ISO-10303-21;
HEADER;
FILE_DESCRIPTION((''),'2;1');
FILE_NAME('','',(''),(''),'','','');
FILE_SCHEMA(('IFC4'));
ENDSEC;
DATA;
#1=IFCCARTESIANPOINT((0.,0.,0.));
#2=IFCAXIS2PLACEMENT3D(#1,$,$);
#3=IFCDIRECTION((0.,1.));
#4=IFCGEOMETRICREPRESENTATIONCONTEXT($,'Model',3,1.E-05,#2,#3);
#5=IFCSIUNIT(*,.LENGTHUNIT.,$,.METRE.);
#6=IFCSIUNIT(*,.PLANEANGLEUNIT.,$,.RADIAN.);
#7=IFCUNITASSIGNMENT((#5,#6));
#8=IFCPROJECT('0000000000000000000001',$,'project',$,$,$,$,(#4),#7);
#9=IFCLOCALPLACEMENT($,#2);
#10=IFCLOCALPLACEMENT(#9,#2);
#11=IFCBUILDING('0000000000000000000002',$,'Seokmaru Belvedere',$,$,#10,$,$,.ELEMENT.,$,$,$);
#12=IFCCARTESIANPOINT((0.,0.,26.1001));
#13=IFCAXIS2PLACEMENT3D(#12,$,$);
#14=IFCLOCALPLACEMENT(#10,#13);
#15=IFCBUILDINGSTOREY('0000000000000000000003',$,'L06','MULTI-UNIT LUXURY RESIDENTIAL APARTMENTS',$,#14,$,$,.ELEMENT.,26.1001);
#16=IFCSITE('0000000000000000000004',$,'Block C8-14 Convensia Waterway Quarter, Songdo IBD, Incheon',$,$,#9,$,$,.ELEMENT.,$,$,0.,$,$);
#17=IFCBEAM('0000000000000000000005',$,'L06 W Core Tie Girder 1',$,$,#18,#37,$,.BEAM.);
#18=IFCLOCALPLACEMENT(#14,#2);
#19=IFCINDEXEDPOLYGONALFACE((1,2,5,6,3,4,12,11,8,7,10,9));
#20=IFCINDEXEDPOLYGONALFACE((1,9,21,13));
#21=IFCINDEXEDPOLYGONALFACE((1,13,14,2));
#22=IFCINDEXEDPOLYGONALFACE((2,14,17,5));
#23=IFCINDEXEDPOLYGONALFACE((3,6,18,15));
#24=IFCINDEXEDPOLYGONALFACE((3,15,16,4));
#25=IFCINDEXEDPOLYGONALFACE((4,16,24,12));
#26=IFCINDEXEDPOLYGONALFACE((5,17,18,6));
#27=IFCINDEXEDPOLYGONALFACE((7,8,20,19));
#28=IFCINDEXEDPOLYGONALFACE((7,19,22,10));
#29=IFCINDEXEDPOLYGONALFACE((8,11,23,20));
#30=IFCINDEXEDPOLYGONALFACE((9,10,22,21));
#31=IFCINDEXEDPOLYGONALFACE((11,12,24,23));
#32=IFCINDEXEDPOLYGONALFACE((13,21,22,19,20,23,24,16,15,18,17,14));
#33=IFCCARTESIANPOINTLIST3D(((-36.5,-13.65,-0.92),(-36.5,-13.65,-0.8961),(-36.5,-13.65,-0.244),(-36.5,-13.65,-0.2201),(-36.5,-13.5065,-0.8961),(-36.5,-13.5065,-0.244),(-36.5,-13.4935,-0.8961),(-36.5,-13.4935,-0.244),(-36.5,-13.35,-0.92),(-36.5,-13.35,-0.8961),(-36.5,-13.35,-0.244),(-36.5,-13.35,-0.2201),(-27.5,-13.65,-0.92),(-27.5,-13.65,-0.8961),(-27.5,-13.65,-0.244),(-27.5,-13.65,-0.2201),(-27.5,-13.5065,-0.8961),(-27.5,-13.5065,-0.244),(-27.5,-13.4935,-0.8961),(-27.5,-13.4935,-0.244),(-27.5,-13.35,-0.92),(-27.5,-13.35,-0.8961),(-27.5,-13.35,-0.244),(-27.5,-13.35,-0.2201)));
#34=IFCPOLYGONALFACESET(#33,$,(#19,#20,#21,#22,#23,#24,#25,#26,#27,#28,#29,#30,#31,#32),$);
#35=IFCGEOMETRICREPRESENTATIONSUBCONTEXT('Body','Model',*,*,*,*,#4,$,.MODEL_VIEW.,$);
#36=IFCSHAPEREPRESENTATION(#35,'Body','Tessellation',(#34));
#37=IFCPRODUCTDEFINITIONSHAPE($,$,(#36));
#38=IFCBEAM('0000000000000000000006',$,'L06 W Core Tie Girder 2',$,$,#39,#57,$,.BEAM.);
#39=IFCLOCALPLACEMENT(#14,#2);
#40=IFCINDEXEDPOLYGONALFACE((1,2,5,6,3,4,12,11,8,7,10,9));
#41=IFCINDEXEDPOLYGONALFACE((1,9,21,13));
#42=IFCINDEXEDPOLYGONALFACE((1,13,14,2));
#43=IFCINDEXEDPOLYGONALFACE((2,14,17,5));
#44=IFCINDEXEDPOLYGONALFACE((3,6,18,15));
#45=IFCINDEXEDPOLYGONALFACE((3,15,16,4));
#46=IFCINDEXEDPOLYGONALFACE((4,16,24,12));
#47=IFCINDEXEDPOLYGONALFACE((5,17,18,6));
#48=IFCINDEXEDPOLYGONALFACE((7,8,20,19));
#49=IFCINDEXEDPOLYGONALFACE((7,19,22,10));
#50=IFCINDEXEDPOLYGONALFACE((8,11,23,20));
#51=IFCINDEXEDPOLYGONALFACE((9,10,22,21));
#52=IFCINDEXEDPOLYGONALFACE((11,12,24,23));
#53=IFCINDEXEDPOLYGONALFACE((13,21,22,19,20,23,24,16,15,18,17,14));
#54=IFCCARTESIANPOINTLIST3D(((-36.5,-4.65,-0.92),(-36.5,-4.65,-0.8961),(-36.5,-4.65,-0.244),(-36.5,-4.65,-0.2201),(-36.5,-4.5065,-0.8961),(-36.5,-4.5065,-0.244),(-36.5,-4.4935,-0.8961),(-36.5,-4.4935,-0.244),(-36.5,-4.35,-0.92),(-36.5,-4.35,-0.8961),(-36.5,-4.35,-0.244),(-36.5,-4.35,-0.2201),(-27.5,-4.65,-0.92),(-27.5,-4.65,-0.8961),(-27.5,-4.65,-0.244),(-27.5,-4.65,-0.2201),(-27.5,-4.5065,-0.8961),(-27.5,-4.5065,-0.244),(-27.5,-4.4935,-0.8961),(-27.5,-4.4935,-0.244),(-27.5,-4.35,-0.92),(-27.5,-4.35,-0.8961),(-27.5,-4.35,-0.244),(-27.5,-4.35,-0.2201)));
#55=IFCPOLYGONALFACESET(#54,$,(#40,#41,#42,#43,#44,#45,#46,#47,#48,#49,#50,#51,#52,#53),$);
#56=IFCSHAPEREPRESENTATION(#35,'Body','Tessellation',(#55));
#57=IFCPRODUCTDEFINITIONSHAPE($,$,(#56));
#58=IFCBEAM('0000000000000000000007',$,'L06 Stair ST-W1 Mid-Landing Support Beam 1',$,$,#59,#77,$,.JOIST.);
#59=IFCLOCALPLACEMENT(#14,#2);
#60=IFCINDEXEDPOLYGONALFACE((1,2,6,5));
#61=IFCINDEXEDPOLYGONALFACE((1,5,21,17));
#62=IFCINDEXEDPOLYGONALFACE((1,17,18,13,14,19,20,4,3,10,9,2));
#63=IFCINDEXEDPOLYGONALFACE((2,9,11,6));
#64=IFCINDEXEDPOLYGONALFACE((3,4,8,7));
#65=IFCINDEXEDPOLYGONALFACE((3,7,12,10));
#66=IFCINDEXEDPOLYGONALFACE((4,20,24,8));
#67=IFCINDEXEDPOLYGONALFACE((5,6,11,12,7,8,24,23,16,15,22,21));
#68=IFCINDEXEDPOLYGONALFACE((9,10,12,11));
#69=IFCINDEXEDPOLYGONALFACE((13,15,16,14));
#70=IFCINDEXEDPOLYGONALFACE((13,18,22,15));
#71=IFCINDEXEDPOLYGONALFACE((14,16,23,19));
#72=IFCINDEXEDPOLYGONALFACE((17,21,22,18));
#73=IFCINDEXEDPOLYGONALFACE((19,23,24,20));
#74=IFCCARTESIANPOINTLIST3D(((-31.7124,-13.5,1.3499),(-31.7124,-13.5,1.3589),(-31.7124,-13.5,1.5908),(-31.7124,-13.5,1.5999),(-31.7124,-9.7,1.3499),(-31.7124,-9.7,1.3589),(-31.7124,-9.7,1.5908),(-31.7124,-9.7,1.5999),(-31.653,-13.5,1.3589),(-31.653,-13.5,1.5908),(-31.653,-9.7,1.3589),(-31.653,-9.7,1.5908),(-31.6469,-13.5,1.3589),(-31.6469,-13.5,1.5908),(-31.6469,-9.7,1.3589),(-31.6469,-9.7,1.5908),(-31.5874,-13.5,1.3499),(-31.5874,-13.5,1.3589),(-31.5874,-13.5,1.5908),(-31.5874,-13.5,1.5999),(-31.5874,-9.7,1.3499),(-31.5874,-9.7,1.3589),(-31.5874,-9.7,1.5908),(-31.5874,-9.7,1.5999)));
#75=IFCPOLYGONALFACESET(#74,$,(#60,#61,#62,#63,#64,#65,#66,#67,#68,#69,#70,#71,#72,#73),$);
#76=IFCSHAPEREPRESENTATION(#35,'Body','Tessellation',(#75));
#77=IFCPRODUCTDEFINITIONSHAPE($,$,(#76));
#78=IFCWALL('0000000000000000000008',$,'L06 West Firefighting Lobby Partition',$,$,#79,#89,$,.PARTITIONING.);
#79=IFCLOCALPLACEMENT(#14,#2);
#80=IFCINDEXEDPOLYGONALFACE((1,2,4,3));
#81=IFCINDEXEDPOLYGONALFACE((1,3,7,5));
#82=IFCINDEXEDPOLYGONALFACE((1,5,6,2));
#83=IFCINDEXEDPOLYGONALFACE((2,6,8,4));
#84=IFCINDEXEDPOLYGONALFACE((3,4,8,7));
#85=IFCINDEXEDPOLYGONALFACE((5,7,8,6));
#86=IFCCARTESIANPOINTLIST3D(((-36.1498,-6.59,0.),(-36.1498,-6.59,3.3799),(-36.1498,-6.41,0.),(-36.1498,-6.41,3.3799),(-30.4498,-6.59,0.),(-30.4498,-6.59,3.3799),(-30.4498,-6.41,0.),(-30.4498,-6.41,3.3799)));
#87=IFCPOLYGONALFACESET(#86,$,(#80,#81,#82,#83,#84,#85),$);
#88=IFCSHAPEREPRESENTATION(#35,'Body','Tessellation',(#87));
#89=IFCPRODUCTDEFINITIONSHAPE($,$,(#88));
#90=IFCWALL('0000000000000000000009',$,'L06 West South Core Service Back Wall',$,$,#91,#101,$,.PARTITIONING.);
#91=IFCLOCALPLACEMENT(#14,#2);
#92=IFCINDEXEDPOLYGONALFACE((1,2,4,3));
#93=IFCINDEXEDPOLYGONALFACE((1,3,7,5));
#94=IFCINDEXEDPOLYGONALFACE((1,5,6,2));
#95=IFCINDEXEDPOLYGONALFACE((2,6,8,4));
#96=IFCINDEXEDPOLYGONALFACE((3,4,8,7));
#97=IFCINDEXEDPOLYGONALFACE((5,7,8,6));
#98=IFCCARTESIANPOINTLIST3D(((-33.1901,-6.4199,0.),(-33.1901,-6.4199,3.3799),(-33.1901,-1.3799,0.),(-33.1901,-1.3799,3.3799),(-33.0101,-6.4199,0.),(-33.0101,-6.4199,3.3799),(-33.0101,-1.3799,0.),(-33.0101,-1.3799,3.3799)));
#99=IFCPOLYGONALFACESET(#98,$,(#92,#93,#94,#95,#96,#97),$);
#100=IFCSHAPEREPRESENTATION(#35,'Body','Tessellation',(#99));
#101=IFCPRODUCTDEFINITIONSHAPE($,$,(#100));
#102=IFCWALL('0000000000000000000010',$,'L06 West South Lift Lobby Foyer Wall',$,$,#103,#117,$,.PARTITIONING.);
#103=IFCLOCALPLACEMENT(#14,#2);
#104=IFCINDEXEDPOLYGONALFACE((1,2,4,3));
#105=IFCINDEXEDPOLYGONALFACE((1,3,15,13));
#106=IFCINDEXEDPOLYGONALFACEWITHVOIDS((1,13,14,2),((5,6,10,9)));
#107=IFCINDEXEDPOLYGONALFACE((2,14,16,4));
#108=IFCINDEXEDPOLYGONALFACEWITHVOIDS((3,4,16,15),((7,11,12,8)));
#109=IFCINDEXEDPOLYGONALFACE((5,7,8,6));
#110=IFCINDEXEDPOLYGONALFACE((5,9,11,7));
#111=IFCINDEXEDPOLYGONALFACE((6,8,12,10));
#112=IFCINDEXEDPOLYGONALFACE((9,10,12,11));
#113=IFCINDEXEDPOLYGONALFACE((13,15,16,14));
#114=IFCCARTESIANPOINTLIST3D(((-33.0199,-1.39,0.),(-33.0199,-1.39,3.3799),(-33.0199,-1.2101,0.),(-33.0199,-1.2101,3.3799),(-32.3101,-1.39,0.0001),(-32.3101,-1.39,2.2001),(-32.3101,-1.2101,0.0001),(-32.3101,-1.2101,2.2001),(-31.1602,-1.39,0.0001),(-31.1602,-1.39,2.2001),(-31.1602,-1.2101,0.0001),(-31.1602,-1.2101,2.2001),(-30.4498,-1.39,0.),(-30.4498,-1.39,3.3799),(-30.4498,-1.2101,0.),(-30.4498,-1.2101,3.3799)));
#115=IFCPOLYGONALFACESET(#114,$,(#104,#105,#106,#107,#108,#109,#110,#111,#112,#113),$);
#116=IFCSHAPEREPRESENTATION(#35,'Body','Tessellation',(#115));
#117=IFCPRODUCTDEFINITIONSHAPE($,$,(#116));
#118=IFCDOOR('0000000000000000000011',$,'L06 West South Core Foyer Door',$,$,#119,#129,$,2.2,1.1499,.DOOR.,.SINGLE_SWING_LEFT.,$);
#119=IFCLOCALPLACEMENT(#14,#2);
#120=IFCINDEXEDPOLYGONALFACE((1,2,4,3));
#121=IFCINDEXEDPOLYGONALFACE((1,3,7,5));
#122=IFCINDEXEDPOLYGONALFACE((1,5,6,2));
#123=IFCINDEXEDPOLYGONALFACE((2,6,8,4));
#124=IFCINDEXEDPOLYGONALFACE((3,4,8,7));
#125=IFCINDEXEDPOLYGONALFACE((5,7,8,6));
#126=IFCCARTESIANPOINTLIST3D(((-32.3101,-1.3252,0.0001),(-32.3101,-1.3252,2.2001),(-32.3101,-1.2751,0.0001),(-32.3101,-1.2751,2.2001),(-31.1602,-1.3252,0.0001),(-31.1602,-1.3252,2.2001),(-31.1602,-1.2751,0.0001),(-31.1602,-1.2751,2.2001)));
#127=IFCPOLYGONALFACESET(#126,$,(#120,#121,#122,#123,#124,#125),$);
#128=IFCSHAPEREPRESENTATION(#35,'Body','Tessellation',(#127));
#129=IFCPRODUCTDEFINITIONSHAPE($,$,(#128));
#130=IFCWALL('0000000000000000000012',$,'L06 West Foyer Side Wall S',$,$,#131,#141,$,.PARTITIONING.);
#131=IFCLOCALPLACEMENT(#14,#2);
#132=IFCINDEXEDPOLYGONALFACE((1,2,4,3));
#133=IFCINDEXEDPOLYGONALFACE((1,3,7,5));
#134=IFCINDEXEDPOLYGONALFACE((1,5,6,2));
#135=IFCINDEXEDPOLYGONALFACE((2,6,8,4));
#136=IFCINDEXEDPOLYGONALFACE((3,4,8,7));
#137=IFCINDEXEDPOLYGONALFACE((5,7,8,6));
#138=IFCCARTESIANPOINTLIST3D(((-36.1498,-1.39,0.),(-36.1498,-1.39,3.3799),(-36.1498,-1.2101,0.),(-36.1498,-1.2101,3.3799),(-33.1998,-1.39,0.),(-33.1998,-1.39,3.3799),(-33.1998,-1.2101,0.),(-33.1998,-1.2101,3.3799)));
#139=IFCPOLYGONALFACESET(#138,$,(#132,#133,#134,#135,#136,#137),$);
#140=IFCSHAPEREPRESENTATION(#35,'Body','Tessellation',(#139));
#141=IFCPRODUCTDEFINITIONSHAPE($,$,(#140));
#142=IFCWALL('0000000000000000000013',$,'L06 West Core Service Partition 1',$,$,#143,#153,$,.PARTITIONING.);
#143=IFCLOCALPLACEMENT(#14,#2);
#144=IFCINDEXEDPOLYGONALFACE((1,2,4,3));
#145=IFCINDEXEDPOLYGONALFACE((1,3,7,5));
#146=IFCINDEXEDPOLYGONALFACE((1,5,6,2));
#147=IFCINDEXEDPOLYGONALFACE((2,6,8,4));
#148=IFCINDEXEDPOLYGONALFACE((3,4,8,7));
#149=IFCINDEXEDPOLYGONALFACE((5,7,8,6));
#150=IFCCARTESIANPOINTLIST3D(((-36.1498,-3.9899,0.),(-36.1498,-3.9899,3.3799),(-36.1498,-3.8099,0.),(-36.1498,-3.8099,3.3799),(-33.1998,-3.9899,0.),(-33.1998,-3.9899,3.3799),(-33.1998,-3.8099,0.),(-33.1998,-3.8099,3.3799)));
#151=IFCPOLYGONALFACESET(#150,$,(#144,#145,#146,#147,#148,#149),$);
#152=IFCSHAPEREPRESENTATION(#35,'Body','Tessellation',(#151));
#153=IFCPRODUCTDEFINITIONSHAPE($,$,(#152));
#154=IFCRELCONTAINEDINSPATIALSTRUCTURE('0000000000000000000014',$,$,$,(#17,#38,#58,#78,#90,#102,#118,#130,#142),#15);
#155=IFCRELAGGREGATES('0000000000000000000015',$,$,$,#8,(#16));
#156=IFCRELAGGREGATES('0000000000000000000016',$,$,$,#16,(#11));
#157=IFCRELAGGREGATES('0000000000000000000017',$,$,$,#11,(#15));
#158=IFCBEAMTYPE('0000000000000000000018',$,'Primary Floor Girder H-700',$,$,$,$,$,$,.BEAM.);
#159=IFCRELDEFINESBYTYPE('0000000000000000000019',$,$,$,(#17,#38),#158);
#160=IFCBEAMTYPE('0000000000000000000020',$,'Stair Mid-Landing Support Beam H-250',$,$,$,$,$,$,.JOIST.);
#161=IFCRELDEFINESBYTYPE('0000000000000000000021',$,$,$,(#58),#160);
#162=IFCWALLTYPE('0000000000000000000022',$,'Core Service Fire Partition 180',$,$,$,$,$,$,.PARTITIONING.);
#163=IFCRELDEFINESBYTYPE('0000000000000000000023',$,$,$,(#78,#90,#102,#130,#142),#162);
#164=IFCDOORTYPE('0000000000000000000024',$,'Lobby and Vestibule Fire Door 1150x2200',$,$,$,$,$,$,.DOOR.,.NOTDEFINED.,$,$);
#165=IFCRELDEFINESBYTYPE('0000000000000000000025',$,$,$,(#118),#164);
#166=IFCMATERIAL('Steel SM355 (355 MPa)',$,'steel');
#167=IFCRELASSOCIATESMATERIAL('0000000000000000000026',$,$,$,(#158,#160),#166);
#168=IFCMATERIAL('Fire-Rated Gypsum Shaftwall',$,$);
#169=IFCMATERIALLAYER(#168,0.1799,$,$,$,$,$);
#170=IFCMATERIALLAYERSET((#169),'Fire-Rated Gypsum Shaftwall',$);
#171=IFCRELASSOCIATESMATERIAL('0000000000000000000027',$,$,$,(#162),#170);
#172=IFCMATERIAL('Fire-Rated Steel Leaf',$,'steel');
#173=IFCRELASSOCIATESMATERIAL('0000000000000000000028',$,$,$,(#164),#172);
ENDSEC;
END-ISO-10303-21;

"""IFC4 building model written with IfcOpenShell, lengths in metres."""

from ifc_helpers import new_model, si_unit, direction, frame, frame_2d, origin, origin_2d, place, context, subcontext, project, spatial, rectangle, i_section, extrude, source, transform, mapped, material, layer, layer_set, material_profile, profile_set, type_object, type_shapes, element, fill, save


model = new_model("IFC4")

# Units and contexts
model_context = context("Model", 3, precision=1e-05, world=origin(), true_north=direction((0.0, 1.0)))
body_context = subcontext(model_context, "Body", "Model", "MODEL_VIEW")
ifc_project = project(units=[si_unit("LENGTHUNIT", "METRE"), si_unit("PLANEANGLEUNIT", "RADIAN")], contexts=[model_context])

# Site, building, storey
site_placement = place(None, origin())
site = spatial("IfcSite", under=ifc_project, at=site_placement, Name="Block C8-14 Convensia Waterway Quarter, Songdo IBD, Incheon", CompositionType="ELEMENT", RefElevation=0.0)
building_placement = place(site_placement, origin())
building = spatial("IfcBuilding", under=site, at=building_placement, Name="Seokmaru Belvedere", CompositionType="ELEMENT")
storey_placement = place(building_placement, frame((0.0, 0.0, 26.1001)))
storey = spatial("IfcBuildingStorey", under=building, at=storey_placement, Name="L06", Description="MULTI-UNIT LUXURY RESIDENTIAL APARTMENTS", CompositionType="ELEMENT", Elevation=26.1001)

# Beams
ifc_material_1 = material(Name="Steel SM355 (355 MPa)", Category="steel")
ifc_material_profile_1 = material_profile(ifc_material_1, i_section(OverallWidth=0.3, OverallDepth=0.7, WebThickness=0.0129, FlangeThickness=0.0239, at=origin_2d()), Name="H-700x300x13x24")
ifc_profile_set_1 = profile_set([ifc_material_profile_1], Name="Steel SM355 (355 MPa)")
beam_type_1 = type_object("IfcBeamType", Name="Primary Floor Girder H-700", PredefinedType="BEAM", material=ifc_profile_set_1)
shared_shape_1 = source(origin(), body_context, "Body", "SweptSolid", [
    extrude(i_section(OverallWidth=0.3, OverallDepth=0.7, WebThickness=0.0129, FlangeThickness=0.0239, at=origin_2d()), origin(), (0.0, 0.0, 1.0), 9.0),
])
type_shapes(beam_type_1, [shared_shape_1])
for number, where, z_axis, x_axis, name in (
    (1, (-36.5, -13.5, -0.5701), (1.0, 0.0, 0.0), (0.0, 1.0, 0.0), "L06 W Core Tie Girder 1"),
    (2, (-36.5, -4.5, -0.5701), (1.0, 0.0, 0.0), (0.0, 1.0, 0.0), "L06 W Core Tie Girder 2"),
):
    element("IfcBeam", number, at=place(storey_placement, frame(where, z_axis=z_axis, x_axis=x_axis)), inside=storey, type_object=beam_type_1, Name=name, PredefinedType="BEAM", context=body_context, shape_type="MappedRepresentation", body=[
        mapped(shared_shape_1, transform((0.0, 0.0, 0.0), scale=1.0)),
    ])
ifc_material_profile_2 = material_profile(ifc_material_1, i_section(OverallWidth=0.125, OverallDepth=0.25, WebThickness=0.0061, FlangeThickness=0.009, at=origin_2d()), Name="H-250x125x6x9")
ifc_profile_set_2 = profile_set([ifc_material_profile_2], Name="Steel SM355 (355 MPa)")
beam_type_2 = type_object("IfcBeamType", Name="Stair Mid-Landing Support Beam H-250", PredefinedType="JOIST", material=ifc_profile_set_2)
shared_shape_2 = source(origin(), body_context, "Body", "SweptSolid", [
    extrude(i_section(OverallWidth=0.125, OverallDepth=0.25, WebThickness=0.0061, FlangeThickness=0.009, at=origin_2d()), origin(), (0.0, 0.0, 1.0), 3.8),
])
type_shapes(beam_type_2, [shared_shape_2])
beam_placement = place(storey_placement, frame((-31.6499, -13.5, 1.4749), z_axis=(0.0, 1.0, 0.0), x_axis=(-1.0, 0.0, 0.0)))
element("IfcBeam", 3, at=beam_placement, inside=storey, type_object=beam_type_2, Name="L06 Stair ST-W1 Mid-Landing Support Beam 1", PredefinedType="JOIST", context=body_context, shape_type="MappedRepresentation", body=[
    mapped(shared_shape_2, transform((0.0, 0.0, 0.0), scale=1.0)),
])

# Walls
ifc_material_2 = material(Name="Fire-Rated Gypsum Shaftwall")
ifc_layer_1 = layer(ifc_material_2, 0.1799)
ifc_layer_set_1 = layer_set([ifc_layer_1], Name="Fire-Rated Gypsum Shaftwall")
wall_type_1 = type_object("IfcWallType", Name="Core Service Fire Partition 180", PredefinedType="PARTITIONING", material=ifc_layer_set_1)
wall_1_placement = place(storey_placement, frame((-36.1499, -6.5, 0.0), z_axis=(0.0, 0.0, 1.0), x_axis=(1.0, 0.0, 0.0)))
element("IfcWall", 4, at=wall_1_placement, inside=storey, type_object=wall_type_1, Name="L06 West Firefighting Lobby Partition", PredefinedType="PARTITIONING", context=body_context, shape_type="SweptSolid", body=[
    extrude(rectangle(XDim=5.7, YDim=0.1799, at=frame_2d((2.8501, 0.0))), origin(), (0.0, 0.0, 1.0), 3.3799),
])
wall_2_placement = place(storey_placement, frame((-33.1001, -6.4199, 0.0), z_axis=(0.0, 0.0, 1.0), x_axis=(0.0, 1.0, 0.0)))
element("IfcWall", 5, at=wall_2_placement, inside=storey, type_object=wall_type_1, Name="L06 West South Core Service Back Wall", PredefinedType="PARTITIONING", context=body_context, shape_type="SweptSolid", body=[
    extrude(rectangle(XDim=5.04, YDim=0.1799, at=frame_2d((2.52, 0.0))), origin(), (0.0, 0.0, 1.0), 3.3799),
])

# Wall, opening, door
wall_3_placement = place(storey_placement, frame((-33.02, -1.3, 0.0), z_axis=(0.0, 0.0, 1.0), x_axis=(1.0, 0.0, 0.0)))
wall_3 = element("IfcWall", 6, at=wall_3_placement, inside=storey, type_object=wall_type_1, Name="L06 West South Lift Lobby Foyer Wall", PredefinedType="PARTITIONING", context=body_context, shape_type="SweptSolid", body=[
    extrude(rectangle(XDim=2.5701, YDim=0.1799, at=frame_2d((1.2852, 0.0))), origin(), (0.0, 0.0, 1.0), 3.3799),
])
opening_1_placement = place(wall_3_placement, frame((0.71, 0.0, 0.0)))
opening_1 = element("IfcOpeningElement", 7, at=opening_1_placement, cuts=wall_3, PredefinedType="OPENING", context=body_context, shape_type="SweptSolid", body=[
    extrude(rectangle(XDim=1.1499, YDim=2.2, at=frame_2d((0.575, 1.1001))), frame((0.0, 0.1001, 0.0), z_axis=(0.0, -1.0, 0.0), x_axis=(1.0, 0.0, 0.0)), (0.0, 0.0, 1.0), 0.2),
])
ifc_material_3 = material(Name="Fire-Rated Steel Leaf", Category="steel")
door_type_1 = type_object("IfcDoorType", Name="Lobby and Vestibule Fire Door 1150x2200", OperationType="NOTDEFINED", PredefinedType="DOOR", material=ifc_material_3)
shared_shape_3 = source(origin(), body_context, "Body", "SweptSolid", [
    extrude(rectangle(XDim=1.1499, YDim=2.2, at=frame_2d((0.575, 1.1001))), frame((0.0, 0.0249, 0.0), z_axis=(0.0, -1.0, 0.0), x_axis=(1.0, 0.0, 0.0)), (0.0, 0.0, 1.0), 0.05),
])
type_shapes(door_type_1, [shared_shape_3])
door_1_placement = place(opening_1_placement, origin())
door_1 = element("IfcDoor", 8, at=door_1_placement, inside=storey, type_object=door_type_1, Name="L06 West South Core Foyer Door", OperationType="SINGLE_SWING_LEFT", OverallHeight=2.2, OverallWidth=1.1499, PredefinedType="DOOR", context=body_context, shape_type="MappedRepresentation", body=[
    mapped(shared_shape_3, transform((0.0, 0.0, 0.0), scale=1.0)),
])
fill(opening_1, door_1)

# Walls
for number, where, z_axis, x_axis, name in (
    (9, (-36.1499, -1.3, 0.0), (0.0, 0.0, 1.0), (1.0, 0.0, 0.0), "L06 West Foyer Side Wall S"),
    (10, (-36.1499, -3.8999, 0.0), (0.0, 0.0, 1.0), (1.0, 0.0, 0.0), "L06 West Core Service Partition 1"),
):
    element("IfcWall", number, at=place(storey_placement, frame(where, z_axis=z_axis, x_axis=x_axis)), inside=storey, type_object=wall_type_1, Name=name, PredefinedType="PARTITIONING", context=body_context, shape_type="SweptSolid", body=[
        extrude(rectangle(XDim=2.95, YDim=0.1799, at=frame_2d((1.4751, 0.0))), origin(), (0.0, 0.0, 1.0), 3.3799),
    ])

save(model, "model.ifc")
